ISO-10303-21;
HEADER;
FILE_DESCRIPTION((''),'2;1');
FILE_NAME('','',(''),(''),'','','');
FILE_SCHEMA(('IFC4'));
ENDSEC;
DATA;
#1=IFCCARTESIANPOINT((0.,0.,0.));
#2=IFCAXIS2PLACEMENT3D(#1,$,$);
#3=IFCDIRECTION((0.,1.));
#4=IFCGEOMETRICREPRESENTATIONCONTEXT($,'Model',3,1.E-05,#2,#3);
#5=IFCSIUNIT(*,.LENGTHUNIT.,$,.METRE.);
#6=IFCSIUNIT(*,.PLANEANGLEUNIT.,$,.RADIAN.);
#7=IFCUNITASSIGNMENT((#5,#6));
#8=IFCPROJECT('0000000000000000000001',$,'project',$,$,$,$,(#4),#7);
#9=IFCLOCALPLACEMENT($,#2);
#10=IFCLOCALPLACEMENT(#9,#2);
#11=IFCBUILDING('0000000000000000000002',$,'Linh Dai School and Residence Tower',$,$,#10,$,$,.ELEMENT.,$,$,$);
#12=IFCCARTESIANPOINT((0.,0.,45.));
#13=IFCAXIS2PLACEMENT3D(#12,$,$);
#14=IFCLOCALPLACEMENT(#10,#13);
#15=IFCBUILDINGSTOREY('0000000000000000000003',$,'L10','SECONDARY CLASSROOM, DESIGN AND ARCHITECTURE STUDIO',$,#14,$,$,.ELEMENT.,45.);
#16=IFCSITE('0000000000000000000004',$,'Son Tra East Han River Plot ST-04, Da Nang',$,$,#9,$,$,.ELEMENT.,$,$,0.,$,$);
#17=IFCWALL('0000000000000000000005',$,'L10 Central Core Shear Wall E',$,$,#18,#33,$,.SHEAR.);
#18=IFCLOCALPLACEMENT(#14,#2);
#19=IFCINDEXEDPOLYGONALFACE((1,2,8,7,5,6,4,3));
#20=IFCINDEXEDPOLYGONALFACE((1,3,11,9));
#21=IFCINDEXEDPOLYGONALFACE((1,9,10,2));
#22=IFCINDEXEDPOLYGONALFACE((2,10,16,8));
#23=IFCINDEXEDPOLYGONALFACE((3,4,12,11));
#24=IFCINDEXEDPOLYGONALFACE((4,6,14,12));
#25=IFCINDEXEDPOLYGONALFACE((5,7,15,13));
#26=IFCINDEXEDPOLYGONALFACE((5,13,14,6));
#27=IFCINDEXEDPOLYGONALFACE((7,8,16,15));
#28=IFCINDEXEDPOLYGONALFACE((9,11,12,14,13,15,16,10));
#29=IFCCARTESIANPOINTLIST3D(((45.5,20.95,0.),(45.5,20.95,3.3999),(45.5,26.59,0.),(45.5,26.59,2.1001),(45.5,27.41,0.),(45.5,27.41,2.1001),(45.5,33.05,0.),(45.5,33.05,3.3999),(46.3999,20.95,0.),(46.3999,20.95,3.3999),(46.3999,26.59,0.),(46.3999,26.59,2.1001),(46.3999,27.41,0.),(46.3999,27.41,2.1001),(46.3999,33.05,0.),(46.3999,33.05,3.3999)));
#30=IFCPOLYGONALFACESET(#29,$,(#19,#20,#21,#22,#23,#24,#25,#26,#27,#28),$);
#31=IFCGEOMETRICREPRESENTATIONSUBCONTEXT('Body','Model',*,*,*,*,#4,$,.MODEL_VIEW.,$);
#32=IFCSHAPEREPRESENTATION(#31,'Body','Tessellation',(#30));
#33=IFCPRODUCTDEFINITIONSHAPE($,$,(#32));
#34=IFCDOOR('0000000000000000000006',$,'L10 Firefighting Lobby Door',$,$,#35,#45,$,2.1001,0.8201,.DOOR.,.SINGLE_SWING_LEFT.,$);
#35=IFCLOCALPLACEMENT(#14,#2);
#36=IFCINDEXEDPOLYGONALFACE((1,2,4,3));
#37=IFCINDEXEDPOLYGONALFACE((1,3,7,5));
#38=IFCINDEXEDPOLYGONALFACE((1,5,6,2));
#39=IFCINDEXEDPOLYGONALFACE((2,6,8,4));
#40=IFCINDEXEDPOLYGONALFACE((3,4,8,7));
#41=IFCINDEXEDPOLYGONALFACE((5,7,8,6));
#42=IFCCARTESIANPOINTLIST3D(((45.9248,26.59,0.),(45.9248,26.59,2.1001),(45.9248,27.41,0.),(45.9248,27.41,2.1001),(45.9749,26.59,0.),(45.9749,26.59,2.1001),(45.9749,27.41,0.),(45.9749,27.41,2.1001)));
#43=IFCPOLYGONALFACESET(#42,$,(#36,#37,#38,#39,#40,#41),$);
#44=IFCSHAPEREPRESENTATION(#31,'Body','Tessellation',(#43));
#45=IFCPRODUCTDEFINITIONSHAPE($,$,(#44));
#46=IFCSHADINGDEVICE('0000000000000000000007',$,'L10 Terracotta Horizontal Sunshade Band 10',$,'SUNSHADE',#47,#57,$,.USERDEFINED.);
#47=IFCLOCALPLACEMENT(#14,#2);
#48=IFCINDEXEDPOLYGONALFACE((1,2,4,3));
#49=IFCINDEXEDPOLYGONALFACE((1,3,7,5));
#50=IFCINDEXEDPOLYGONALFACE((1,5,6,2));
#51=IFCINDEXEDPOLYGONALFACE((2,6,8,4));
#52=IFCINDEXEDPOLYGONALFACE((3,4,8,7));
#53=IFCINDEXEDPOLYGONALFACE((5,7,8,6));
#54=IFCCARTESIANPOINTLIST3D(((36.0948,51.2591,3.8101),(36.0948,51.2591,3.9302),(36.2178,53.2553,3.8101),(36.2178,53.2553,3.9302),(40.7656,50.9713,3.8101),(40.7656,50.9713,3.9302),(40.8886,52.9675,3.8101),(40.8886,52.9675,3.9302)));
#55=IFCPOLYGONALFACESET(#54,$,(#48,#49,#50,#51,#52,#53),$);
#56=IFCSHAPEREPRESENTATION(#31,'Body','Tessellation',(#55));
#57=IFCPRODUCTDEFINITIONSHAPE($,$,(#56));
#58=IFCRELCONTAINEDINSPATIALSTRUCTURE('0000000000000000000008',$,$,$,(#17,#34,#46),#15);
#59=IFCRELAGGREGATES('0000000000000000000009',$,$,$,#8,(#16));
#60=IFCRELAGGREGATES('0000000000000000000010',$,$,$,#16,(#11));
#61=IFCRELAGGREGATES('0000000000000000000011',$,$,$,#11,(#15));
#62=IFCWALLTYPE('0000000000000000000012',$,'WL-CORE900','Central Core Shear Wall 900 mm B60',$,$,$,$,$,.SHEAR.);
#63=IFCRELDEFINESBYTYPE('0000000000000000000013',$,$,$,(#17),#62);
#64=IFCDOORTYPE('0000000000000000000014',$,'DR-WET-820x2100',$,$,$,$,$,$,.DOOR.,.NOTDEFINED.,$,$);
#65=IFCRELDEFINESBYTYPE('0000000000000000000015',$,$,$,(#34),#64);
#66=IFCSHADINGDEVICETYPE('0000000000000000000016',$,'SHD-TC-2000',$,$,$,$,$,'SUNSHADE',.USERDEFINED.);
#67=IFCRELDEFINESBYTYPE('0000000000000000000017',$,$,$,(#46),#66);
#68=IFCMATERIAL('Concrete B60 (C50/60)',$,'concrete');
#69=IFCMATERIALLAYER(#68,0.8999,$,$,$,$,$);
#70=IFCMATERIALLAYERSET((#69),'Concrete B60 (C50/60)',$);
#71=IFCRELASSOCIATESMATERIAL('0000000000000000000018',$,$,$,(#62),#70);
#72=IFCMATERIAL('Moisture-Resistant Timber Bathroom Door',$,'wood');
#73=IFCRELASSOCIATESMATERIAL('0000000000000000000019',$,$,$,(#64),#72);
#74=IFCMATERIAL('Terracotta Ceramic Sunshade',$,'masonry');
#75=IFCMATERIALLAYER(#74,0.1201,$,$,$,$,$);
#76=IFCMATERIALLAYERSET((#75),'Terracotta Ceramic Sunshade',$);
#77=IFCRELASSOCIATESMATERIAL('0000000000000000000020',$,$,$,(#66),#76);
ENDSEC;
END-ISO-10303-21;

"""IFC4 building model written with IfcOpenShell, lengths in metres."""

from ifc_helpers import new_model, si_unit, direction, frame, frame_2d, origin, origin_2d, place, context, subcontext, project, spatial, rectangle, extrude, source, transform, mapped, material, layer, layer_set, type_object, element, fill, save


model = new_model("IFC4")

# Units and contexts
model_context = context("Model", 3, precision=1e-05, world=origin(), true_north=direction((0.0, 1.0)))
body_context = subcontext(model_context, "Body", "Model", "MODEL_VIEW")
ifc_project = project(units=[si_unit("LENGTHUNIT", "METRE"), si_unit("PLANEANGLEUNIT", "RADIAN")], contexts=[model_context])

# Site, building, storey
site_placement = place(None, origin())
site = spatial("IfcSite", under=ifc_project, at=site_placement, Name="Son Tra East Han River Plot ST-04, Da Nang", CompositionType="ELEMENT", RefElevation=0.0)
building_placement = place(site_placement, origin())
building = spatial("IfcBuilding", under=site, at=building_placement, Name="Linh Dai School and Residence Tower", CompositionType="ELEMENT")
storey_placement = place(building_placement, frame((0.0, 0.0, 45.0)))
storey = spatial("IfcBuildingStorey", under=building, at=storey_placement, Name="L10", Description="SECONDARY CLASSROOM, DESIGN AND ARCHITECTURE STUDIO", CompositionType="ELEMENT", Elevation=45.0)

# Wall, opening, door
ifc_material_1 = material(Name="Concrete B60 (C50/60)", Category="concrete")
ifc_layer_1 = layer(ifc_material_1, 0.8999)
ifc_layer_set_1 = layer_set([ifc_layer_1], Name="Concrete B60 (C50/60)")
wall_type_1 = type_object("IfcWallType", Name="WL-CORE900", Description="Central Core Shear Wall 900 mm B60", PredefinedType="SHEAR", material=ifc_layer_set_1)
wall_1_placement = place(storey_placement, frame((45.95, 33.05, 0.0), z_axis=(0.0, 0.0, 1.0), x_axis=(0.0, -1.0, 0.0)))
wall_1 = element("IfcWall", 1, at=wall_1_placement, inside=storey, type_object=wall_type_1, Name="L10 Central Core Shear Wall E", PredefinedType="SHEAR", context=body_context, shape_type="SweptSolid", body=[
    extrude(rectangle(XDim=12.1001, YDim=0.8999, at=frame_2d((6.05, 0.0))), origin(), (0.0, 0.0, 1.0), 3.3999),
])
opening_1_placement = place(wall_1_placement, frame((5.6399, 0.0, 0.0)))
opening_1 = element("IfcOpeningElement", 2, at=opening_1_placement, cuts=wall_1, PredefinedType="OPENING", context=body_context, shape_type="SweptSolid", body=[
    extrude(rectangle(XDim=0.8201, YDim=2.1001, at=origin_2d()), frame((0.4102, 0.46, 1.05), z_axis=(0.0, -1.0, 0.0), x_axis=(1.0, 0.0, 0.0)), (0.0, 0.0, 1.0), 0.9199),
])
ifc_material_2 = material(Name="Moisture-Resistant Timber Bathroom Door", Category="wood")
door_type = type_object("IfcDoorType", Name="DR-WET-820x2100", OperationType="NOTDEFINED", PredefinedType="DOOR", material=ifc_material_2)
shared_shape_1 = source(origin(), body_context, "Body", "SweptSolid", [
    extrude(rectangle(XDim=0.8201, YDim=2.1001, at=origin_2d()), frame((0.4102, 0.0249, 1.05), z_axis=(0.0, -1.0, 0.0), x_axis=(1.0, 0.0, 0.0)), (0.0, 0.0, 1.0), 0.05),
])
door_placement = place(opening_1_placement, origin())
door = element("IfcDoor", 3, at=door_placement, inside=storey, type_object=door_type, Name="L10 Firefighting Lobby Door", OperationType="SINGLE_SWING_LEFT", OverallHeight=2.1001, OverallWidth=0.8201, PredefinedType="DOOR", context=body_context, shape_type="MappedRepresentation", body=[
    mapped(shared_shape_1, transform((0.0, 0.0, 0.0), x_axis=(1.0, 0.0, 0.0), y_axis=(0.0, 1.0, 0.0), z_axis=(0.0, 0.0, 1.0), scale=1.0)),
])
fill(opening_1, door)

# Shading device
ifc_material_3 = material(Name="Terracotta Ceramic Sunshade", Category="masonry")
ifc_layer_2 = layer(ifc_material_3, 0.1201)
ifc_layer_set_2 = layer_set([ifc_layer_2], Name="Terracotta Ceramic Sunshade")
shading_device_type = type_object("IfcShadingDeviceType", Name="SHD-TC-2000", ElementType="SUNSHADE", PredefinedType="USERDEFINED", material=ifc_layer_set_2)
shared_shape_2 = source(origin(), body_context, "Body", "SweptSolid", [
    extrude(rectangle(XDim=4.6797, YDim=2.0, at=origin_2d()), origin(), (0.0, 0.0, 1.0), 0.1201),
])
shading_device_placement = place(storey_placement, frame((38.4917, 52.1133, 3.8101), z_axis=(0.0, 0.0, 1.0), x_axis=(0.998107, -0.061507, 0.0)))
element("IfcShadingDevice", 4, at=shading_device_placement, inside=storey, type_object=shading_device_type, Name="L10 Terracotta Horizontal Sunshade Band 10", ObjectType="SUNSHADE", PredefinedType="USERDEFINED", context=body_context, shape_type="MappedRepresentation", body=[
    mapped(shared_shape_2, transform((0.0, 0.0, 0.0), x_axis=(1.0, 0.0, 0.0), y_axis=(0.0, 1.0, 0.0), z_axis=(0.0, 0.0, 1.0), scale=1.0)),
])

save(model, "model.ifc")
